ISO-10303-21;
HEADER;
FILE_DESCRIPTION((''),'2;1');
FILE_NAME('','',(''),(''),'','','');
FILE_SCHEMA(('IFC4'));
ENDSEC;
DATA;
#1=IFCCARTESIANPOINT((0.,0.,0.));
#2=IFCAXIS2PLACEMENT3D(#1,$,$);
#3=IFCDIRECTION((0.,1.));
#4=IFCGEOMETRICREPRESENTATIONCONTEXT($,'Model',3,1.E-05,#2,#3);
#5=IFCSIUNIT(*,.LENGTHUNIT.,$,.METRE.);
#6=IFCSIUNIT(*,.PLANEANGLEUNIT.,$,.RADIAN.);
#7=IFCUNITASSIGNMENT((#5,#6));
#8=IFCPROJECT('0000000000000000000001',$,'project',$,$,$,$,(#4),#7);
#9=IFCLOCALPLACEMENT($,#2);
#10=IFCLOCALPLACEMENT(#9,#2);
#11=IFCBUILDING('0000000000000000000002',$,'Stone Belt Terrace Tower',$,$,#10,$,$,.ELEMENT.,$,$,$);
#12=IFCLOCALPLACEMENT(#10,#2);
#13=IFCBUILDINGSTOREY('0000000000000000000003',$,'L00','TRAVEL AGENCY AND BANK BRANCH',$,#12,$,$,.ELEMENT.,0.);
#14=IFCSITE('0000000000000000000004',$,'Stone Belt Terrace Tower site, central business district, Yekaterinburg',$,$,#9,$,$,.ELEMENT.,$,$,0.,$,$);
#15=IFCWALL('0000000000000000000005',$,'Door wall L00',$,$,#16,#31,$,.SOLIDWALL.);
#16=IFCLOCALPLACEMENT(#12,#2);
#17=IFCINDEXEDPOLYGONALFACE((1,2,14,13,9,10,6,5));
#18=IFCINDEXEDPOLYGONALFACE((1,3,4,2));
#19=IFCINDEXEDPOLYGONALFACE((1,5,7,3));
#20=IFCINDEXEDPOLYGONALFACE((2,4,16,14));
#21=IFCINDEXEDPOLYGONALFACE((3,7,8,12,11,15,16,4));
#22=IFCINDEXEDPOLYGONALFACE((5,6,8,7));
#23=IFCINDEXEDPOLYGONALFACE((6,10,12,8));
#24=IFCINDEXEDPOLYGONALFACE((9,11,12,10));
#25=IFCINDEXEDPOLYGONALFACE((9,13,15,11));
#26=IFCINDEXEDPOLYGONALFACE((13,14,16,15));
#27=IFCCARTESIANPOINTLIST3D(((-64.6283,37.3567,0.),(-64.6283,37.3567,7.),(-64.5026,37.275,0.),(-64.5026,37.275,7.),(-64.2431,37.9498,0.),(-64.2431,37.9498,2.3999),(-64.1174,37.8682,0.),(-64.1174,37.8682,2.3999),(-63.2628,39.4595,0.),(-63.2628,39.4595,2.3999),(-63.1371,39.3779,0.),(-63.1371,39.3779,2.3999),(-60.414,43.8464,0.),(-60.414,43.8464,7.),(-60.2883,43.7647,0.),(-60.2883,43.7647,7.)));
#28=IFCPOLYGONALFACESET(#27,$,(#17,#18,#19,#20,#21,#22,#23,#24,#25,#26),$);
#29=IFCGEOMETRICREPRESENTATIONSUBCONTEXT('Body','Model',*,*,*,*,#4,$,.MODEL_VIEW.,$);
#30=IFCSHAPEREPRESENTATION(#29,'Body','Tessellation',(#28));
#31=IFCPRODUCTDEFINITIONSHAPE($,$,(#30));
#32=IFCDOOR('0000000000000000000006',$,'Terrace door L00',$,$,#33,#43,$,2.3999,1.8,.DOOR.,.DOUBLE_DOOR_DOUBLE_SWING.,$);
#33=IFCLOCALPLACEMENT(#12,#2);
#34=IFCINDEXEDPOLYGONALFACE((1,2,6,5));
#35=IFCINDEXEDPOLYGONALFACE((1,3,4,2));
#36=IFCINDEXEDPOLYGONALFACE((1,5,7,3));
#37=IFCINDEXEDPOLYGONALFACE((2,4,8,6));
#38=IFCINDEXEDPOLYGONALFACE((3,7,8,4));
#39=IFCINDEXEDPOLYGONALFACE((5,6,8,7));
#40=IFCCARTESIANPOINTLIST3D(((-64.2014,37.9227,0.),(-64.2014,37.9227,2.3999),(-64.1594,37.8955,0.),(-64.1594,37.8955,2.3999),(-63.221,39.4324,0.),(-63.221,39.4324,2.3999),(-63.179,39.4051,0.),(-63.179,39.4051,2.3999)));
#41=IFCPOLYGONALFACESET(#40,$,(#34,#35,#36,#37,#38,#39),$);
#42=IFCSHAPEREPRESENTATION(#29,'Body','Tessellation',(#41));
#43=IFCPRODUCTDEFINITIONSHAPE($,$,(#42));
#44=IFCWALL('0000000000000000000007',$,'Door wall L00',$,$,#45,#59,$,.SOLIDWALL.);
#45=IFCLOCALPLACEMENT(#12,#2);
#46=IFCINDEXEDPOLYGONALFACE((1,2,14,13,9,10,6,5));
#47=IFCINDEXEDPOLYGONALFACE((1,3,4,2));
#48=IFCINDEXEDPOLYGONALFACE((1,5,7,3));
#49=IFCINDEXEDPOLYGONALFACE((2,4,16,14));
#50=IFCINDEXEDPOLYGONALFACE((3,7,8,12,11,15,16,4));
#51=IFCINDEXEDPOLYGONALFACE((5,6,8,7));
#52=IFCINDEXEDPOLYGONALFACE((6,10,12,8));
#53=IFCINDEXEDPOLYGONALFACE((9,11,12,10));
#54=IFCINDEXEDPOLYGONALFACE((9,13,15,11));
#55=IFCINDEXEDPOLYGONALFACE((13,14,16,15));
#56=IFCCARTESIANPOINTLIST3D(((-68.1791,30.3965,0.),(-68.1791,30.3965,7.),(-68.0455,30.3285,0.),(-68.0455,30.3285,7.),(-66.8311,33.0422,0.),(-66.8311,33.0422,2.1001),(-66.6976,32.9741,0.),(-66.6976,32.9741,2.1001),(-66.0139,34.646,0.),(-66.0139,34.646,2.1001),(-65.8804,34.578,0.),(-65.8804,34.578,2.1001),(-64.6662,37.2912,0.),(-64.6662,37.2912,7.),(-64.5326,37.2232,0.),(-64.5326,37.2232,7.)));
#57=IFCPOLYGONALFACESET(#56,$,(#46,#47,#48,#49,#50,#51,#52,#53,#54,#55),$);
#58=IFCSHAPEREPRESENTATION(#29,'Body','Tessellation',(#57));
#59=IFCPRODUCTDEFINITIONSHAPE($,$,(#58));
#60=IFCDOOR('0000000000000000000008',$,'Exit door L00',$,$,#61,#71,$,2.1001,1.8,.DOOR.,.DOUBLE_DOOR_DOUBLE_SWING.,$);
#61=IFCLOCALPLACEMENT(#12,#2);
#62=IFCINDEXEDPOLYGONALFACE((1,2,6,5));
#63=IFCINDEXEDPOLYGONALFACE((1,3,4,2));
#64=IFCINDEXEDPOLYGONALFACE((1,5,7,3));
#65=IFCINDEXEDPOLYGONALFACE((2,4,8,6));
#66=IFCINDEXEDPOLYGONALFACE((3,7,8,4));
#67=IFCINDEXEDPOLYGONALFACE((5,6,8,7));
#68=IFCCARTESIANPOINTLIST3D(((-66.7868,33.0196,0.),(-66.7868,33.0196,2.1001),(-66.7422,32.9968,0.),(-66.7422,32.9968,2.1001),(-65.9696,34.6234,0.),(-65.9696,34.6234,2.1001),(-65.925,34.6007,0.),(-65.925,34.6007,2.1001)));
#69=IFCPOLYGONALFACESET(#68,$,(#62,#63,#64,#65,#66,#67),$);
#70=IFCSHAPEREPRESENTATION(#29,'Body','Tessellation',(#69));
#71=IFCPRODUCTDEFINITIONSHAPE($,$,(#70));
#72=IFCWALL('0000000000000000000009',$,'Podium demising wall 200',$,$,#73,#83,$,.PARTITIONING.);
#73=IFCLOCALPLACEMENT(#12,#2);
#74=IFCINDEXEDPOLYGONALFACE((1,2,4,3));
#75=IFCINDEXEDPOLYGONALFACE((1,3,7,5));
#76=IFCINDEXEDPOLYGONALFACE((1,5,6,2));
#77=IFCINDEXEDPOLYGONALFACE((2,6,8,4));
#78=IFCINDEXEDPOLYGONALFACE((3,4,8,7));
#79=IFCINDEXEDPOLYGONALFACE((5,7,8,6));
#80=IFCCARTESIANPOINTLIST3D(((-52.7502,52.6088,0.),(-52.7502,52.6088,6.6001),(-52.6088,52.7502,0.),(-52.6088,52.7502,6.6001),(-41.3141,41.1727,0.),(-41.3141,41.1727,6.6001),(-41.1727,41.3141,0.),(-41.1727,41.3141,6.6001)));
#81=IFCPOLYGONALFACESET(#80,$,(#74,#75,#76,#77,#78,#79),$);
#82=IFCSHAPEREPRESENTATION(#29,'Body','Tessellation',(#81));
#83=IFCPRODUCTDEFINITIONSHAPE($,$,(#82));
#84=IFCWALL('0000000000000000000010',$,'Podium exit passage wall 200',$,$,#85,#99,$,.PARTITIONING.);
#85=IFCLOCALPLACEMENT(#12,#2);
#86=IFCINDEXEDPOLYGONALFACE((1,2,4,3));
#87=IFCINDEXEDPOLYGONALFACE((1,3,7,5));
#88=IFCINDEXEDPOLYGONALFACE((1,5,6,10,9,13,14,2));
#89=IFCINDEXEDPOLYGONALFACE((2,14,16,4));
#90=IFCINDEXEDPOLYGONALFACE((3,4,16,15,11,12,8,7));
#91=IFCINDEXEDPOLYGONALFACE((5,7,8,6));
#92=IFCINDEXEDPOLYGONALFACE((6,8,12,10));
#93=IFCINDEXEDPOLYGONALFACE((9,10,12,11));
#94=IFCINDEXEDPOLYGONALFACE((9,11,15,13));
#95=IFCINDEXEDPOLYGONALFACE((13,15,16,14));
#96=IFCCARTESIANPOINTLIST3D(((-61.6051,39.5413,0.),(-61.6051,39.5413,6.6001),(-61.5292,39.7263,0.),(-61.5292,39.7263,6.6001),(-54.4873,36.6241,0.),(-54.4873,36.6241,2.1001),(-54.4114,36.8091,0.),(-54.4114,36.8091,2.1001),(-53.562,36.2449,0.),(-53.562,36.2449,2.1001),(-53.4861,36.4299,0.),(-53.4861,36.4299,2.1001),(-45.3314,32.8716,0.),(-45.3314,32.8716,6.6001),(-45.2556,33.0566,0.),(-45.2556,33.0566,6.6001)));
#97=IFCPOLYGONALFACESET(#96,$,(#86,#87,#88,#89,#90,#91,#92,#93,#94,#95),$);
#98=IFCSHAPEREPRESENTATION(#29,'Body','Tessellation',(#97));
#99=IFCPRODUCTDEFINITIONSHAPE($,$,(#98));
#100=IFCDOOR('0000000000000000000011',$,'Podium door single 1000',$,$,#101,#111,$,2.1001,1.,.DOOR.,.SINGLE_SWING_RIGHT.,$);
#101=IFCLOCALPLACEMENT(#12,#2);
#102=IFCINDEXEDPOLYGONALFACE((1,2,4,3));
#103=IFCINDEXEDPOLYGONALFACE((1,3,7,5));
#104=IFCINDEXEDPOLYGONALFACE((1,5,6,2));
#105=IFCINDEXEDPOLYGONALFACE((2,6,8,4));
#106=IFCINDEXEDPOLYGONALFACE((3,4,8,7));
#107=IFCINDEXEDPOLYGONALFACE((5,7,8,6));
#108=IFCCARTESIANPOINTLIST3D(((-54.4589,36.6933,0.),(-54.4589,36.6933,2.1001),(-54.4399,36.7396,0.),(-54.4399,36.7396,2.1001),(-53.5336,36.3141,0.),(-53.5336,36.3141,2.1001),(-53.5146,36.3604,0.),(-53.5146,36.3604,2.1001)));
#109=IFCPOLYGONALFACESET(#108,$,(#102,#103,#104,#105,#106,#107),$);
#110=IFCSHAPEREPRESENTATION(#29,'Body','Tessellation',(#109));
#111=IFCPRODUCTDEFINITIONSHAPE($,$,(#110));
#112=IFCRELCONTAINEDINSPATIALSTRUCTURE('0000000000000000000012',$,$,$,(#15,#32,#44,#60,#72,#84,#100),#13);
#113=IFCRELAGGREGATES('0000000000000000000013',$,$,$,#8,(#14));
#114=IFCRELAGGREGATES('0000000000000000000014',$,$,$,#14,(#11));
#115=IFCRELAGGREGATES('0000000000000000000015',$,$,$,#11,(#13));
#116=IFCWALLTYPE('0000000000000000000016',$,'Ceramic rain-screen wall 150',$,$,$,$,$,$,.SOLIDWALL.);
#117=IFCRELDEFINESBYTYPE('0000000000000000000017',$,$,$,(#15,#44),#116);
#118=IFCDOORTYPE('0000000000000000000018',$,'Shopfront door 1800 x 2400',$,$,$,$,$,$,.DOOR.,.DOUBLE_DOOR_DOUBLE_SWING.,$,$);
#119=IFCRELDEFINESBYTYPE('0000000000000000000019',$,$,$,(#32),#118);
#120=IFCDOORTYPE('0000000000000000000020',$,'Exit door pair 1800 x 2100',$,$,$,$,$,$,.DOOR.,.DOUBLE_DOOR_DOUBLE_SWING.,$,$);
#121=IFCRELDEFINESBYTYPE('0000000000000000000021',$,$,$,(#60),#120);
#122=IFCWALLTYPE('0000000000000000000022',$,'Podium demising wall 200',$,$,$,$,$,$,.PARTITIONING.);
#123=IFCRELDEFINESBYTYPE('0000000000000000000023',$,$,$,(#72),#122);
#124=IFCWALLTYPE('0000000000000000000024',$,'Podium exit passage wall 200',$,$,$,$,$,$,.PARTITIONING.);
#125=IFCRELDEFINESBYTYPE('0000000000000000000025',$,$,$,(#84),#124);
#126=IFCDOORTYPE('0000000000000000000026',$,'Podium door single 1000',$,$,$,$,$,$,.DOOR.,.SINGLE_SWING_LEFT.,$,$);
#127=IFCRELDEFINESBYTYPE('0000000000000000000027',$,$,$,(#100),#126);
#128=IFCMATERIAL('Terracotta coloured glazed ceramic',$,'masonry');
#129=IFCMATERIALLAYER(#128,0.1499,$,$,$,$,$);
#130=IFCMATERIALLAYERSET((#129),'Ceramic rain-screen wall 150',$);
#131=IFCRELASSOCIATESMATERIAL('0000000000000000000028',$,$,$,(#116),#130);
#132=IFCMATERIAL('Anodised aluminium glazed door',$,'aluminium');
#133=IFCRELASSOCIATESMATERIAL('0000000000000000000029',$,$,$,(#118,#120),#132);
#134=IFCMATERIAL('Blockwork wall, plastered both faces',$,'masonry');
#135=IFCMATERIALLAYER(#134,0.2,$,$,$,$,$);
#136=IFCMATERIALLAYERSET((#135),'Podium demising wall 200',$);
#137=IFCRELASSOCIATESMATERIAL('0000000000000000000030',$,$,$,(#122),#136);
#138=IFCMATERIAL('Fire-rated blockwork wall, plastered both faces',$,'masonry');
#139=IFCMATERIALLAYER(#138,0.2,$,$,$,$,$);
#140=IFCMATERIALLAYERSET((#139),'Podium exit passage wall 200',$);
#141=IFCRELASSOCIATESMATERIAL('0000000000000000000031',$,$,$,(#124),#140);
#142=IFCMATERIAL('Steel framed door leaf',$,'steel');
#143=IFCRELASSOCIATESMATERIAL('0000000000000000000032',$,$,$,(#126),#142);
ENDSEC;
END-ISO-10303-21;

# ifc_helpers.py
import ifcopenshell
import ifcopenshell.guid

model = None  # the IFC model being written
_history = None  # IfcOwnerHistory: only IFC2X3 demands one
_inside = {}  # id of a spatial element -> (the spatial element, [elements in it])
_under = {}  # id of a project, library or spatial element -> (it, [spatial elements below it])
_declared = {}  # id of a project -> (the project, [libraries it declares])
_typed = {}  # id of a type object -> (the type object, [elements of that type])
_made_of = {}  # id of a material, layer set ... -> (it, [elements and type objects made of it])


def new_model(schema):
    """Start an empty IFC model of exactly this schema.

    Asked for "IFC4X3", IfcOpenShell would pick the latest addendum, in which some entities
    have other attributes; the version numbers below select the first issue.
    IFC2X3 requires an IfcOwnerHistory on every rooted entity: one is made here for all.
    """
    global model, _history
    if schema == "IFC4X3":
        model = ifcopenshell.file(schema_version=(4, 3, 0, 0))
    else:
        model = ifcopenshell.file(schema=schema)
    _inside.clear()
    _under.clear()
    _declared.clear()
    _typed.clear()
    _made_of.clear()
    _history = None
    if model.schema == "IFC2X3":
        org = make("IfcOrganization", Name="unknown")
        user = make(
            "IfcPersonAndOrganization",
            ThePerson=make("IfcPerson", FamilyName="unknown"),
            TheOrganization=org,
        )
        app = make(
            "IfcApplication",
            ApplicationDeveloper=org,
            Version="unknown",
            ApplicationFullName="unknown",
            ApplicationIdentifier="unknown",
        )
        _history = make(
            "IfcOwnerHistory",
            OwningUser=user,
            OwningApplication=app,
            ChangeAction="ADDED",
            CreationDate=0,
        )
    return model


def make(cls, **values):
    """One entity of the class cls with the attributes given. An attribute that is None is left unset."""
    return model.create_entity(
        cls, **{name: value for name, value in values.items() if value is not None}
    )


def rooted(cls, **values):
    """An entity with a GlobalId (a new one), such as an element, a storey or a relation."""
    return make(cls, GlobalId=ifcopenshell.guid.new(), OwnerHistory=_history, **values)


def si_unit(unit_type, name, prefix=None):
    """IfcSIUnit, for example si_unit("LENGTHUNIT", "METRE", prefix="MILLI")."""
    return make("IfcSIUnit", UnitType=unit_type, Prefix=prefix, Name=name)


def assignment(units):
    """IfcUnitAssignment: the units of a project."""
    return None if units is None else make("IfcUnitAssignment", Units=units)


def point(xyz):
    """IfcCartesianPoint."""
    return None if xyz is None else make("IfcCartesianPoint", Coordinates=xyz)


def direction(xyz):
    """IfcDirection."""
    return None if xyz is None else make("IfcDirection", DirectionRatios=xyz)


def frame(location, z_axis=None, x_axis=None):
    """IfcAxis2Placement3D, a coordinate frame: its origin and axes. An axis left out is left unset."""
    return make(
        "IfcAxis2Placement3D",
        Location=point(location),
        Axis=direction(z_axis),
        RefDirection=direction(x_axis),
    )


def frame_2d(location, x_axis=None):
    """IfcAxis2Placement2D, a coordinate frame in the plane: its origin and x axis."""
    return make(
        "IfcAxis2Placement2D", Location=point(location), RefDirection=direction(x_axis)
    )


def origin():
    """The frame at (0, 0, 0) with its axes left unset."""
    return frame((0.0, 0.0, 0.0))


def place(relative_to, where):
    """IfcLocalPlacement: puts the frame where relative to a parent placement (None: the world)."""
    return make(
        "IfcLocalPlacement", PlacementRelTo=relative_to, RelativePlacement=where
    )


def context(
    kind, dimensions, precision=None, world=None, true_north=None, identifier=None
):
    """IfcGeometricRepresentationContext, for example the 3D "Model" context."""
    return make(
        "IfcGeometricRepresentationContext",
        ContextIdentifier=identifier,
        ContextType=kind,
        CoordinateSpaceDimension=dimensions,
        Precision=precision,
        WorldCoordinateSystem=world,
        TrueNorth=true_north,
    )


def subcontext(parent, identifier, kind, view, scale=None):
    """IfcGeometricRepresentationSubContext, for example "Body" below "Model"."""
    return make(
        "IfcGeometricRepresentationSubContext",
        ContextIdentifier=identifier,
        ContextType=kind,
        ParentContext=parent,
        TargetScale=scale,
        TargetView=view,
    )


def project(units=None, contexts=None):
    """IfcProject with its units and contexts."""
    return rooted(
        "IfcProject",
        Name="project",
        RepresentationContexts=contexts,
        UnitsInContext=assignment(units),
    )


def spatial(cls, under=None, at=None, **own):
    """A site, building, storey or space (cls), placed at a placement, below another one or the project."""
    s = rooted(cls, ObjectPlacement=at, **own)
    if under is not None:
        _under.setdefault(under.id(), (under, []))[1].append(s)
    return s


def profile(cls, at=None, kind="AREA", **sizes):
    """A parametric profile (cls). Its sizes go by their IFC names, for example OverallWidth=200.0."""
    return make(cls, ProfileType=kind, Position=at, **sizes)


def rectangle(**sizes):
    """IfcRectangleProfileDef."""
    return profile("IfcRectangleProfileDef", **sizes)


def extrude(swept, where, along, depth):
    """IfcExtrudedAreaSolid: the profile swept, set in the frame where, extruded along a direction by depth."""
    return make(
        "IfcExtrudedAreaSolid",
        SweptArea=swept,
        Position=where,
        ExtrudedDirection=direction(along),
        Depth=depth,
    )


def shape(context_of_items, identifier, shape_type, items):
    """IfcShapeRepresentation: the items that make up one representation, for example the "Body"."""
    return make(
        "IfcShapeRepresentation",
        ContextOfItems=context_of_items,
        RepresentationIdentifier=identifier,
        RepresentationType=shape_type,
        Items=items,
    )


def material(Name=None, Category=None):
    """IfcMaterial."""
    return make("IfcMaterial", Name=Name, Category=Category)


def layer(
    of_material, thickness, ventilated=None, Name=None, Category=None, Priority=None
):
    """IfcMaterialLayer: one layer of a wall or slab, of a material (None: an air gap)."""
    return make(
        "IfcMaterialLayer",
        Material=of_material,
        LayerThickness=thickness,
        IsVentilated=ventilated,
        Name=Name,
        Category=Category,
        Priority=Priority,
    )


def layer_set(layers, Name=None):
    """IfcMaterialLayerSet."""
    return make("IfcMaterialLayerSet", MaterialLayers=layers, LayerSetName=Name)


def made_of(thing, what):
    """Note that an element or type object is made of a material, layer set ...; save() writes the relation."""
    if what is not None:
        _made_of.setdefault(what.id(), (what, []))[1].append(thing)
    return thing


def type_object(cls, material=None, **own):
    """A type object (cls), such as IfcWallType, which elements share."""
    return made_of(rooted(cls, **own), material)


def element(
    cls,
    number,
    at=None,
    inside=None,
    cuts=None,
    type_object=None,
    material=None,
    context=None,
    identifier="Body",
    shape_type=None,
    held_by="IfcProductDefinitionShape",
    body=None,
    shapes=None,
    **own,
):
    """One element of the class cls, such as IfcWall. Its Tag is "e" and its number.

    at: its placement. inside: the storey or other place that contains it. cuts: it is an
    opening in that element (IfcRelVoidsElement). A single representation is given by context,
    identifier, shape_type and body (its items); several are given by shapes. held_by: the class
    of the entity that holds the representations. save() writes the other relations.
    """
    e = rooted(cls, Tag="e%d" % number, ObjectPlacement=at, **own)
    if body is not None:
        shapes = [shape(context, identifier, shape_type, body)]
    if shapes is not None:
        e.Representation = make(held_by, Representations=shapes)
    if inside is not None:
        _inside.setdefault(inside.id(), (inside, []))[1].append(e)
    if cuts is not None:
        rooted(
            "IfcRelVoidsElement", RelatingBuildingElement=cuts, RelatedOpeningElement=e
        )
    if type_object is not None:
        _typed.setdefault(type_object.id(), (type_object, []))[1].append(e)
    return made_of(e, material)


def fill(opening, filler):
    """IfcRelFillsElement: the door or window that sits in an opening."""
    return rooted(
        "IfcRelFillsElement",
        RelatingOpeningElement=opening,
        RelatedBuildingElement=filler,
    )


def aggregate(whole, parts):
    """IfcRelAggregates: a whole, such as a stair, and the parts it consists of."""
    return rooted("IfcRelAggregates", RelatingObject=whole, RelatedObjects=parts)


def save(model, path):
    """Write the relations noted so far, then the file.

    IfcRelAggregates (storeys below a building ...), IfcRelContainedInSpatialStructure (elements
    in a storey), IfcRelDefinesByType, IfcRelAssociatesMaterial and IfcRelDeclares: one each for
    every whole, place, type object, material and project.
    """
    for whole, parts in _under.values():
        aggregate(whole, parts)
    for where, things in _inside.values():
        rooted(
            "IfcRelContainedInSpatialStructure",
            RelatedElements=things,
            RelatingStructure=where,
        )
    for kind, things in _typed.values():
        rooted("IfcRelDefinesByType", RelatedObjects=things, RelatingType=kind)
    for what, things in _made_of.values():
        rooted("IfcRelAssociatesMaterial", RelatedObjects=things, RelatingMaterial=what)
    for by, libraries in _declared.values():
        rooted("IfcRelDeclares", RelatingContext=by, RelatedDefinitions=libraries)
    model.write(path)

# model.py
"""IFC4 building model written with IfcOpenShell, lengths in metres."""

from ifc_helpers import new_model, si_unit, direction, frame, frame_2d, origin, place, context, subcontext, project, spatial, rectangle, extrude, material, layer, layer_set, type_object, element, fill, save


model = new_model("IFC4")

# Units and contexts
model_context = context("Model", 3, precision=1e-05, world=origin(), true_north=direction((0.0, 1.0)))
body_context = subcontext(model_context, "Body", "Model", "MODEL_VIEW")
ifc_project = project(units=[si_unit("LENGTHUNIT", "METRE"), si_unit("PLANEANGLEUNIT", "RADIAN")], contexts=[model_context])

# Site, building, storey
site_placement = place(None, origin())
site = spatial("IfcSite", under=ifc_project, at=site_placement, Name="Stone Belt Terrace Tower site, central business district, Yekaterinburg", CompositionType="ELEMENT", RefElevation=0.0)
building_placement = place(site_placement, origin())
building = spatial("IfcBuilding", under=site, at=building_placement, Name="Stone Belt Terrace Tower", CompositionType="ELEMENT")
storey_placement = place(building_placement, origin())
storey = spatial("IfcBuildingStorey", under=building, at=storey_placement, Name="L00", Description="TRAVEL AGENCY AND BANK BRANCH", CompositionType="ELEMENT", Elevation=0.0)

# Walls, openings, doors
ifc_material_1 = material(Name="Terracotta coloured glazed ceramic", Category="masonry")
ifc_layer_1 = layer(ifc_material_1, 0.1499)
ifc_layer_set_1 = layer_set([ifc_layer_1], Name="Ceramic rain-screen wall 150")
wall_type_1 = type_object("IfcWallType", Name="Ceramic rain-screen wall 150", PredefinedType="SOLIDWALL", material=ifc_layer_set_1)
wall_1_placement = place(storey_placement, frame((-60.3511, 43.8057, 0.0), z_axis=(0.0, 0.0, 1.0), x_axis=(-0.544627, -0.838679, 0.0)))
wall_1 = element("IfcWall", 1, at=wall_1_placement, inside=storey, type_object=wall_type_1, Name="Door wall L00", PredefinedType="SOLIDWALL", context=body_context, shape_type="SweptSolid", body=[
    extrude(rectangle(XDim=7.738, YDim=0.1499, at=frame_2d((3.8691, 0.0))), origin(), (0.0, 0.0, 1.0), 7.0),
])
opening_1_placement = place(wall_1_placement, frame((5.231, 0.0, 0.0)))
opening_1 = element("IfcOpeningElement", 2, at=opening_1_placement, cuts=wall_1, PredefinedType="OPENING", context=body_context, shape_type="SweptSolid", body=[
    extrude(rectangle(XDim=1.8, YDim=2.3999, at=frame_2d((0.8999, 1.2))), frame((0.0, 0.085, 0.0), z_axis=(0.0, -1.0, 0.0), x_axis=(1.0, 0.0, 0.0)), (0.0, 0.0, 1.0), 0.1699),
])
ifc_material_2 = material(Name="Anodised aluminium glazed door", Category="aluminium")
door_type_1 = type_object("IfcDoorType", Name="Shopfront door 1800 x 2400", OperationType="DOUBLE_DOOR_DOUBLE_SWING", PredefinedType="DOOR", material=ifc_material_2)
door_1_placement = place(opening_1_placement, origin())
door_1 = element("IfcDoor", 3, at=door_1_placement, inside=storey, type_object=door_type_1, Name="Terrace door L00", OperationType="DOUBLE_DOOR_DOUBLE_SWING", OverallHeight=2.3999, OverallWidth=1.8, PredefinedType="DOOR", context=body_context, shape_type="SweptSolid", body=[
    extrude(rectangle(XDim=1.8, YDim=2.3999, at=frame_2d((0.8999, 1.2))), frame((0.0, 0.0249, 0.0), z_axis=(0.0, -1.0, 0.0), x_axis=(1.0, 0.0, 0.0)), (0.0, 0.0, 1.0), 0.05),
])
fill(opening_1, door_1)
wall_2_placement = place(storey_placement, frame((-64.5994, 37.2573, 0.0), z_axis=(0.0, 0.0, 1.0), x_axis=(-0.453978, -0.891013, 0.0)))
wall_2 = element("IfcWall", 4, at=wall_2_placement, inside=storey, type_object=wall_type_1, Name="Door wall L00", PredefinedType="SOLIDWALL", context=body_context, shape_type="SweptSolid", body=[
    extrude(rectangle(XDim=7.738, YDim=0.1499, at=frame_2d((3.8691, 0.0))), origin(), (0.0, 0.0, 1.0), 7.0),
])
opening_2_placement = place(wall_2_placement, frame((2.969, 0.0, 0.0)))
opening_2 = element("IfcOpeningElement", 5, at=opening_2_placement, cuts=wall_2, PredefinedType="OPENING", context=body_context, shape_type="SweptSolid", body=[
    extrude(rectangle(XDim=1.8, YDim=2.1001, at=frame_2d((0.8999, 1.05))), frame((0.0, 0.085, 0.0), z_axis=(0.0, -1.0, 0.0), x_axis=(1.0, 0.0, 0.0)), (0.0, 0.0, 1.0), 0.1699),
])
door_type_2 = type_object("IfcDoorType", Name="Exit door pair 1800 x 2100", OperationType="DOUBLE_DOOR_DOUBLE_SWING", PredefinedType="DOOR", material=ifc_material_2)
door_2_placement = place(opening_2_placement, origin())
door_2 = element("IfcDoor", 6, at=door_2_placement, inside=storey, type_object=door_type_2, Name="Exit door L00", OperationType="DOUBLE_DOOR_DOUBLE_SWING", OverallHeight=2.1001, OverallWidth=1.8, PredefinedType="DOOR", context=body_context, shape_type="SweptSolid", body=[
    extrude(rectangle(XDim=1.8, YDim=2.1001, at=frame_2d((0.8999, 1.05))), frame((0.0, 0.0249, 0.0), z_axis=(0.0, -1.0, 0.0), x_axis=(1.0, 0.0, 0.0)), (0.0, 0.0, 1.0), 0.05),
])
fill(opening_2, door_2)

# Wall
ifc_material_3 = material(Name="Blockwork wall, plastered both faces", Category="masonry")
ifc_layer_2 = layer(ifc_material_3, 0.2)
ifc_layer_set_2 = layer_set([ifc_layer_2], Name="Podium demising wall 200")
wall_type_2 = type_object("IfcWallType", Name="Podium demising wall 200", PredefinedType="PARTITIONING", material=ifc_layer_set_2)
wall_3_placement = place(storey_placement, frame((-52.6794, 52.6794, 0.0), z_axis=(0.0, 0.0, 1.0), x_axis=(0.707107, -0.707107, 0.0)))
element("IfcWall", 7, at=wall_3_placement, inside=storey, type_object=wall_type_2, Name="Podium demising wall 200", PredefinedType="PARTITIONING", context=body_context, shape_type="SweptSolid", body=[
    extrude(rectangle(XDim=16.1731, YDim=0.2, at=frame_2d((8.0864, 0.0))), origin(), (0.0, 0.0, 1.0), 6.6001),
])

# Wall, opening, door
ifc_material_4 = material(Name="Fire-rated blockwork wall, plastered both faces", Category="masonry")
ifc_layer_3 = layer(ifc_material_4, 0.2)
ifc_layer_set_3 = layer_set([ifc_layer_3], Name="Podium exit passage wall 200")
wall_type_3 = type_object("IfcWallType", Name="Podium exit passage wall 200", PredefinedType="PARTITIONING", material=ifc_layer_set_3)
wall_4_placement = place(storey_placement, frame((-61.5671, 39.6338, 0.0), z_axis=(0.0, 0.0, 1.0), x_axis=(0.925302, -0.37923, 0.0)))
wall_4 = element("IfcWall", 8, at=wall_4_placement, inside=storey, type_object=wall_type_3, Name="Podium exit passage wall 200", PredefinedType="PARTITIONING", context=body_context, shape_type="SweptSolid", body=[
    extrude(rectangle(XDim=17.5874, YDim=0.2, at=frame_2d((8.7937, 0.0))), origin(), (0.0, 0.0, 1.0), 6.6001),
])
opening_3_placement = place(wall_4_placement, frame((7.6924, 0.0, 0.0)))
opening_3 = element("IfcOpeningElement", 9, at=opening_3_placement, cuts=wall_4, PredefinedType="OPENING", context=body_context, shape_type="SweptSolid", body=[
    extrude(rectangle(XDim=1.0, YDim=2.1001, at=frame_2d((0.5, 1.05))), frame((0.0, 0.1099, 0.0), z_axis=(0.0, -1.0, 0.0), x_axis=(1.0, 0.0, 0.0)), (0.0, 0.0, 1.0), 0.22),
])
ifc_material_5 = material(Name="Steel framed door leaf", Category="steel")
door_type_3 = type_object("IfcDoorType", Name="Podium door single 1000", OperationType="SINGLE_SWING_LEFT", PredefinedType="DOOR", material=ifc_material_5)
door_3_placement = place(opening_3_placement, origin())
door_3 = element("IfcDoor", 10, at=door_3_placement, inside=storey, type_object=door_type_3, Name="Podium door single 1000", OperationType="SINGLE_SWING_RIGHT", OverallHeight=2.1001, OverallWidth=1.0, PredefinedType="DOOR", context=body_context, shape_type="SweptSolid", body=[
    extrude(rectangle(XDim=1.0, YDim=2.1001, at=frame_2d((0.5, 1.05))), frame((0.0, 0.0249, 0.0), z_axis=(0.0, -1.0, 0.0), x_axis=(1.0, 0.0, 0.0)), (0.0, 0.0, 1.0), 0.05),
])
fill(opening_3, door_3)

save(model, "model.ifc")
